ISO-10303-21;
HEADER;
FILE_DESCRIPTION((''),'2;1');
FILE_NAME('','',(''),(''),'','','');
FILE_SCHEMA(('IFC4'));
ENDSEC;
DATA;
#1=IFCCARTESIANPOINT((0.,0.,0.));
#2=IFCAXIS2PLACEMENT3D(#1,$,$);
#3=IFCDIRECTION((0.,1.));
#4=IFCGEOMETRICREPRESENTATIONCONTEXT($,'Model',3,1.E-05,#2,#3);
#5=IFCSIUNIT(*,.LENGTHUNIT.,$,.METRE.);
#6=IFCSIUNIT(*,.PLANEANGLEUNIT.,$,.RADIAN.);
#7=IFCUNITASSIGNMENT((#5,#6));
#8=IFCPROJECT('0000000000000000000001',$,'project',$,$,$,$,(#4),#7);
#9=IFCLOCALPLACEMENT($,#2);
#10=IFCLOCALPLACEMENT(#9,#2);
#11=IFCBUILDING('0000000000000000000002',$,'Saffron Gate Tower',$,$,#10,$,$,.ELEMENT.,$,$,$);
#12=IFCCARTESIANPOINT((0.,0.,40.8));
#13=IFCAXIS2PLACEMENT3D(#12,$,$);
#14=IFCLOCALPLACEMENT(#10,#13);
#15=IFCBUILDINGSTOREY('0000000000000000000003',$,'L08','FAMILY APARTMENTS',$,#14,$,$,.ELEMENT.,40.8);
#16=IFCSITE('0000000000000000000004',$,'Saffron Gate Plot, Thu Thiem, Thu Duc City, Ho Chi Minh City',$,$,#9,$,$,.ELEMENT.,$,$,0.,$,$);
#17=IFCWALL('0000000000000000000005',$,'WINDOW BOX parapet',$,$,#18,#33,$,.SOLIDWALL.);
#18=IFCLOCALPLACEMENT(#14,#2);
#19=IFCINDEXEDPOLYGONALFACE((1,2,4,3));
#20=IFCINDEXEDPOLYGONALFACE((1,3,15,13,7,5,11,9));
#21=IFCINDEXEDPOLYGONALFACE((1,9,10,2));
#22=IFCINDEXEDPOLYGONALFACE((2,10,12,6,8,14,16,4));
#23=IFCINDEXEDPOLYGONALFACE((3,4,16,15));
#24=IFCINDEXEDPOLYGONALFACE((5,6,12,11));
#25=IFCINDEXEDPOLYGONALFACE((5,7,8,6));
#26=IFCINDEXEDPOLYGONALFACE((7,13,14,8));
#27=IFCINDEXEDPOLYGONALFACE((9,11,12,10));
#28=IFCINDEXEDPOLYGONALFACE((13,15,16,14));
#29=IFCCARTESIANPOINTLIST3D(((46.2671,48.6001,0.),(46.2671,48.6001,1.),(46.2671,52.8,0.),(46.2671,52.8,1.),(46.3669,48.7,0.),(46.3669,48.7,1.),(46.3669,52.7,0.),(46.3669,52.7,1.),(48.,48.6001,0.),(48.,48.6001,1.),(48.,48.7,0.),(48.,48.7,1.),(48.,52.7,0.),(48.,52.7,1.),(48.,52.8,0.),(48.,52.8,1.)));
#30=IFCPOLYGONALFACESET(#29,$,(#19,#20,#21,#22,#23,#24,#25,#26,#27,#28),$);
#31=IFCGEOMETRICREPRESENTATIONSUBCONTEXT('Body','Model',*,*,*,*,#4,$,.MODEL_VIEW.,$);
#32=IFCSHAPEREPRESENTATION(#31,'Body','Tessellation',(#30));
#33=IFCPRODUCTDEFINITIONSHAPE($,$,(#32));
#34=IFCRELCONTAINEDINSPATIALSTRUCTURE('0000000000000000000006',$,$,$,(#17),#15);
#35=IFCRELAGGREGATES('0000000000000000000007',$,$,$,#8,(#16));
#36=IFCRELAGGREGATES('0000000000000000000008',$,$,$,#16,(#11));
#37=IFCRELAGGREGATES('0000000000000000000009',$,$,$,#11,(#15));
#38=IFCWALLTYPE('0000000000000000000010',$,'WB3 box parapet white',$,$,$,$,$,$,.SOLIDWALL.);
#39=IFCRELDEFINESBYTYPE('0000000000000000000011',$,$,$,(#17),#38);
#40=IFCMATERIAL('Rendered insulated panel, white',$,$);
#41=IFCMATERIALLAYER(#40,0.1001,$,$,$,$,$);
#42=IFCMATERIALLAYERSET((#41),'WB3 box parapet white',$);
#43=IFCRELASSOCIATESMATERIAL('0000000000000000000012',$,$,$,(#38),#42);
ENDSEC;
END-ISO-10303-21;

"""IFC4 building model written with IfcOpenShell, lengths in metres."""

from ifc_helpers import new_model, si_unit, direction, frame, origin, place, context, subcontext, project, spatial, polyline, outline, extrude, material, layer, layer_set, type_object, element, save


model = new_model("IFC4")

# Units and contexts
model_context = context("Model", 3, precision=1e-05, world=origin(), true_north=direction((0.0, 1.0)))
body_context = subcontext(model_context, "Body", "Model", "MODEL_VIEW")
ifc_project = project(units=[si_unit("LENGTHUNIT", "METRE"), si_unit("PLANEANGLEUNIT", "RADIAN")], contexts=[model_context])

# Site, building, storey
site_placement = place(None, origin())
site = spatial("IfcSite", under=ifc_project, at=site_placement, Name="Saffron Gate Plot, Thu Thiem, Thu Duc City, Ho Chi Minh City", CompositionType="ELEMENT", RefElevation=0.0)
building_placement = place(site_placement, origin())
building = spatial("IfcBuilding", under=site, at=building_placement, Name="Saffron Gate Tower", CompositionType="ELEMENT")
storey_placement = place(building_placement, frame((0.0, 0.0, 40.8)))
storey = spatial("IfcBuildingStorey", under=building, at=storey_placement, Name="L08", Description="FAMILY APARTMENTS", CompositionType="ELEMENT", Elevation=40.8)

# Wall
ifc_material_1 = material(Name="Rendered insulated panel, white")
ifc_layer_1 = layer(ifc_material_1, 0.1001)
ifc_layer_set_1 = layer_set([ifc_layer_1], Name="WB3 box parapet white")
wall_type = type_object("IfcWallType", Name="WB3 box parapet white", PredefinedType="SOLIDWALL", material=ifc_layer_set_1)
wall_1_placement = place(storey_placement, origin())
element("IfcWall", 1, at=wall_1_placement, inside=storey, type_object=wall_type, Name="WINDOW BOX parapet", PredefinedType="SOLIDWALL", context=body_context, shape_type="SweptSolid", body=[
    extrude(outline(polyline([(48.0, 52.8), (48.0, 52.7), (46.3669, 52.7), (46.3669, 48.7), (48.0, 48.7), (48.0, 48.6001), (46.2671, 48.6001), (46.2671, 52.8), (48.0, 52.8)])), origin(), (0.0, 0.0, 1.0), 1.0),
])

save(model, "model.ifc")
